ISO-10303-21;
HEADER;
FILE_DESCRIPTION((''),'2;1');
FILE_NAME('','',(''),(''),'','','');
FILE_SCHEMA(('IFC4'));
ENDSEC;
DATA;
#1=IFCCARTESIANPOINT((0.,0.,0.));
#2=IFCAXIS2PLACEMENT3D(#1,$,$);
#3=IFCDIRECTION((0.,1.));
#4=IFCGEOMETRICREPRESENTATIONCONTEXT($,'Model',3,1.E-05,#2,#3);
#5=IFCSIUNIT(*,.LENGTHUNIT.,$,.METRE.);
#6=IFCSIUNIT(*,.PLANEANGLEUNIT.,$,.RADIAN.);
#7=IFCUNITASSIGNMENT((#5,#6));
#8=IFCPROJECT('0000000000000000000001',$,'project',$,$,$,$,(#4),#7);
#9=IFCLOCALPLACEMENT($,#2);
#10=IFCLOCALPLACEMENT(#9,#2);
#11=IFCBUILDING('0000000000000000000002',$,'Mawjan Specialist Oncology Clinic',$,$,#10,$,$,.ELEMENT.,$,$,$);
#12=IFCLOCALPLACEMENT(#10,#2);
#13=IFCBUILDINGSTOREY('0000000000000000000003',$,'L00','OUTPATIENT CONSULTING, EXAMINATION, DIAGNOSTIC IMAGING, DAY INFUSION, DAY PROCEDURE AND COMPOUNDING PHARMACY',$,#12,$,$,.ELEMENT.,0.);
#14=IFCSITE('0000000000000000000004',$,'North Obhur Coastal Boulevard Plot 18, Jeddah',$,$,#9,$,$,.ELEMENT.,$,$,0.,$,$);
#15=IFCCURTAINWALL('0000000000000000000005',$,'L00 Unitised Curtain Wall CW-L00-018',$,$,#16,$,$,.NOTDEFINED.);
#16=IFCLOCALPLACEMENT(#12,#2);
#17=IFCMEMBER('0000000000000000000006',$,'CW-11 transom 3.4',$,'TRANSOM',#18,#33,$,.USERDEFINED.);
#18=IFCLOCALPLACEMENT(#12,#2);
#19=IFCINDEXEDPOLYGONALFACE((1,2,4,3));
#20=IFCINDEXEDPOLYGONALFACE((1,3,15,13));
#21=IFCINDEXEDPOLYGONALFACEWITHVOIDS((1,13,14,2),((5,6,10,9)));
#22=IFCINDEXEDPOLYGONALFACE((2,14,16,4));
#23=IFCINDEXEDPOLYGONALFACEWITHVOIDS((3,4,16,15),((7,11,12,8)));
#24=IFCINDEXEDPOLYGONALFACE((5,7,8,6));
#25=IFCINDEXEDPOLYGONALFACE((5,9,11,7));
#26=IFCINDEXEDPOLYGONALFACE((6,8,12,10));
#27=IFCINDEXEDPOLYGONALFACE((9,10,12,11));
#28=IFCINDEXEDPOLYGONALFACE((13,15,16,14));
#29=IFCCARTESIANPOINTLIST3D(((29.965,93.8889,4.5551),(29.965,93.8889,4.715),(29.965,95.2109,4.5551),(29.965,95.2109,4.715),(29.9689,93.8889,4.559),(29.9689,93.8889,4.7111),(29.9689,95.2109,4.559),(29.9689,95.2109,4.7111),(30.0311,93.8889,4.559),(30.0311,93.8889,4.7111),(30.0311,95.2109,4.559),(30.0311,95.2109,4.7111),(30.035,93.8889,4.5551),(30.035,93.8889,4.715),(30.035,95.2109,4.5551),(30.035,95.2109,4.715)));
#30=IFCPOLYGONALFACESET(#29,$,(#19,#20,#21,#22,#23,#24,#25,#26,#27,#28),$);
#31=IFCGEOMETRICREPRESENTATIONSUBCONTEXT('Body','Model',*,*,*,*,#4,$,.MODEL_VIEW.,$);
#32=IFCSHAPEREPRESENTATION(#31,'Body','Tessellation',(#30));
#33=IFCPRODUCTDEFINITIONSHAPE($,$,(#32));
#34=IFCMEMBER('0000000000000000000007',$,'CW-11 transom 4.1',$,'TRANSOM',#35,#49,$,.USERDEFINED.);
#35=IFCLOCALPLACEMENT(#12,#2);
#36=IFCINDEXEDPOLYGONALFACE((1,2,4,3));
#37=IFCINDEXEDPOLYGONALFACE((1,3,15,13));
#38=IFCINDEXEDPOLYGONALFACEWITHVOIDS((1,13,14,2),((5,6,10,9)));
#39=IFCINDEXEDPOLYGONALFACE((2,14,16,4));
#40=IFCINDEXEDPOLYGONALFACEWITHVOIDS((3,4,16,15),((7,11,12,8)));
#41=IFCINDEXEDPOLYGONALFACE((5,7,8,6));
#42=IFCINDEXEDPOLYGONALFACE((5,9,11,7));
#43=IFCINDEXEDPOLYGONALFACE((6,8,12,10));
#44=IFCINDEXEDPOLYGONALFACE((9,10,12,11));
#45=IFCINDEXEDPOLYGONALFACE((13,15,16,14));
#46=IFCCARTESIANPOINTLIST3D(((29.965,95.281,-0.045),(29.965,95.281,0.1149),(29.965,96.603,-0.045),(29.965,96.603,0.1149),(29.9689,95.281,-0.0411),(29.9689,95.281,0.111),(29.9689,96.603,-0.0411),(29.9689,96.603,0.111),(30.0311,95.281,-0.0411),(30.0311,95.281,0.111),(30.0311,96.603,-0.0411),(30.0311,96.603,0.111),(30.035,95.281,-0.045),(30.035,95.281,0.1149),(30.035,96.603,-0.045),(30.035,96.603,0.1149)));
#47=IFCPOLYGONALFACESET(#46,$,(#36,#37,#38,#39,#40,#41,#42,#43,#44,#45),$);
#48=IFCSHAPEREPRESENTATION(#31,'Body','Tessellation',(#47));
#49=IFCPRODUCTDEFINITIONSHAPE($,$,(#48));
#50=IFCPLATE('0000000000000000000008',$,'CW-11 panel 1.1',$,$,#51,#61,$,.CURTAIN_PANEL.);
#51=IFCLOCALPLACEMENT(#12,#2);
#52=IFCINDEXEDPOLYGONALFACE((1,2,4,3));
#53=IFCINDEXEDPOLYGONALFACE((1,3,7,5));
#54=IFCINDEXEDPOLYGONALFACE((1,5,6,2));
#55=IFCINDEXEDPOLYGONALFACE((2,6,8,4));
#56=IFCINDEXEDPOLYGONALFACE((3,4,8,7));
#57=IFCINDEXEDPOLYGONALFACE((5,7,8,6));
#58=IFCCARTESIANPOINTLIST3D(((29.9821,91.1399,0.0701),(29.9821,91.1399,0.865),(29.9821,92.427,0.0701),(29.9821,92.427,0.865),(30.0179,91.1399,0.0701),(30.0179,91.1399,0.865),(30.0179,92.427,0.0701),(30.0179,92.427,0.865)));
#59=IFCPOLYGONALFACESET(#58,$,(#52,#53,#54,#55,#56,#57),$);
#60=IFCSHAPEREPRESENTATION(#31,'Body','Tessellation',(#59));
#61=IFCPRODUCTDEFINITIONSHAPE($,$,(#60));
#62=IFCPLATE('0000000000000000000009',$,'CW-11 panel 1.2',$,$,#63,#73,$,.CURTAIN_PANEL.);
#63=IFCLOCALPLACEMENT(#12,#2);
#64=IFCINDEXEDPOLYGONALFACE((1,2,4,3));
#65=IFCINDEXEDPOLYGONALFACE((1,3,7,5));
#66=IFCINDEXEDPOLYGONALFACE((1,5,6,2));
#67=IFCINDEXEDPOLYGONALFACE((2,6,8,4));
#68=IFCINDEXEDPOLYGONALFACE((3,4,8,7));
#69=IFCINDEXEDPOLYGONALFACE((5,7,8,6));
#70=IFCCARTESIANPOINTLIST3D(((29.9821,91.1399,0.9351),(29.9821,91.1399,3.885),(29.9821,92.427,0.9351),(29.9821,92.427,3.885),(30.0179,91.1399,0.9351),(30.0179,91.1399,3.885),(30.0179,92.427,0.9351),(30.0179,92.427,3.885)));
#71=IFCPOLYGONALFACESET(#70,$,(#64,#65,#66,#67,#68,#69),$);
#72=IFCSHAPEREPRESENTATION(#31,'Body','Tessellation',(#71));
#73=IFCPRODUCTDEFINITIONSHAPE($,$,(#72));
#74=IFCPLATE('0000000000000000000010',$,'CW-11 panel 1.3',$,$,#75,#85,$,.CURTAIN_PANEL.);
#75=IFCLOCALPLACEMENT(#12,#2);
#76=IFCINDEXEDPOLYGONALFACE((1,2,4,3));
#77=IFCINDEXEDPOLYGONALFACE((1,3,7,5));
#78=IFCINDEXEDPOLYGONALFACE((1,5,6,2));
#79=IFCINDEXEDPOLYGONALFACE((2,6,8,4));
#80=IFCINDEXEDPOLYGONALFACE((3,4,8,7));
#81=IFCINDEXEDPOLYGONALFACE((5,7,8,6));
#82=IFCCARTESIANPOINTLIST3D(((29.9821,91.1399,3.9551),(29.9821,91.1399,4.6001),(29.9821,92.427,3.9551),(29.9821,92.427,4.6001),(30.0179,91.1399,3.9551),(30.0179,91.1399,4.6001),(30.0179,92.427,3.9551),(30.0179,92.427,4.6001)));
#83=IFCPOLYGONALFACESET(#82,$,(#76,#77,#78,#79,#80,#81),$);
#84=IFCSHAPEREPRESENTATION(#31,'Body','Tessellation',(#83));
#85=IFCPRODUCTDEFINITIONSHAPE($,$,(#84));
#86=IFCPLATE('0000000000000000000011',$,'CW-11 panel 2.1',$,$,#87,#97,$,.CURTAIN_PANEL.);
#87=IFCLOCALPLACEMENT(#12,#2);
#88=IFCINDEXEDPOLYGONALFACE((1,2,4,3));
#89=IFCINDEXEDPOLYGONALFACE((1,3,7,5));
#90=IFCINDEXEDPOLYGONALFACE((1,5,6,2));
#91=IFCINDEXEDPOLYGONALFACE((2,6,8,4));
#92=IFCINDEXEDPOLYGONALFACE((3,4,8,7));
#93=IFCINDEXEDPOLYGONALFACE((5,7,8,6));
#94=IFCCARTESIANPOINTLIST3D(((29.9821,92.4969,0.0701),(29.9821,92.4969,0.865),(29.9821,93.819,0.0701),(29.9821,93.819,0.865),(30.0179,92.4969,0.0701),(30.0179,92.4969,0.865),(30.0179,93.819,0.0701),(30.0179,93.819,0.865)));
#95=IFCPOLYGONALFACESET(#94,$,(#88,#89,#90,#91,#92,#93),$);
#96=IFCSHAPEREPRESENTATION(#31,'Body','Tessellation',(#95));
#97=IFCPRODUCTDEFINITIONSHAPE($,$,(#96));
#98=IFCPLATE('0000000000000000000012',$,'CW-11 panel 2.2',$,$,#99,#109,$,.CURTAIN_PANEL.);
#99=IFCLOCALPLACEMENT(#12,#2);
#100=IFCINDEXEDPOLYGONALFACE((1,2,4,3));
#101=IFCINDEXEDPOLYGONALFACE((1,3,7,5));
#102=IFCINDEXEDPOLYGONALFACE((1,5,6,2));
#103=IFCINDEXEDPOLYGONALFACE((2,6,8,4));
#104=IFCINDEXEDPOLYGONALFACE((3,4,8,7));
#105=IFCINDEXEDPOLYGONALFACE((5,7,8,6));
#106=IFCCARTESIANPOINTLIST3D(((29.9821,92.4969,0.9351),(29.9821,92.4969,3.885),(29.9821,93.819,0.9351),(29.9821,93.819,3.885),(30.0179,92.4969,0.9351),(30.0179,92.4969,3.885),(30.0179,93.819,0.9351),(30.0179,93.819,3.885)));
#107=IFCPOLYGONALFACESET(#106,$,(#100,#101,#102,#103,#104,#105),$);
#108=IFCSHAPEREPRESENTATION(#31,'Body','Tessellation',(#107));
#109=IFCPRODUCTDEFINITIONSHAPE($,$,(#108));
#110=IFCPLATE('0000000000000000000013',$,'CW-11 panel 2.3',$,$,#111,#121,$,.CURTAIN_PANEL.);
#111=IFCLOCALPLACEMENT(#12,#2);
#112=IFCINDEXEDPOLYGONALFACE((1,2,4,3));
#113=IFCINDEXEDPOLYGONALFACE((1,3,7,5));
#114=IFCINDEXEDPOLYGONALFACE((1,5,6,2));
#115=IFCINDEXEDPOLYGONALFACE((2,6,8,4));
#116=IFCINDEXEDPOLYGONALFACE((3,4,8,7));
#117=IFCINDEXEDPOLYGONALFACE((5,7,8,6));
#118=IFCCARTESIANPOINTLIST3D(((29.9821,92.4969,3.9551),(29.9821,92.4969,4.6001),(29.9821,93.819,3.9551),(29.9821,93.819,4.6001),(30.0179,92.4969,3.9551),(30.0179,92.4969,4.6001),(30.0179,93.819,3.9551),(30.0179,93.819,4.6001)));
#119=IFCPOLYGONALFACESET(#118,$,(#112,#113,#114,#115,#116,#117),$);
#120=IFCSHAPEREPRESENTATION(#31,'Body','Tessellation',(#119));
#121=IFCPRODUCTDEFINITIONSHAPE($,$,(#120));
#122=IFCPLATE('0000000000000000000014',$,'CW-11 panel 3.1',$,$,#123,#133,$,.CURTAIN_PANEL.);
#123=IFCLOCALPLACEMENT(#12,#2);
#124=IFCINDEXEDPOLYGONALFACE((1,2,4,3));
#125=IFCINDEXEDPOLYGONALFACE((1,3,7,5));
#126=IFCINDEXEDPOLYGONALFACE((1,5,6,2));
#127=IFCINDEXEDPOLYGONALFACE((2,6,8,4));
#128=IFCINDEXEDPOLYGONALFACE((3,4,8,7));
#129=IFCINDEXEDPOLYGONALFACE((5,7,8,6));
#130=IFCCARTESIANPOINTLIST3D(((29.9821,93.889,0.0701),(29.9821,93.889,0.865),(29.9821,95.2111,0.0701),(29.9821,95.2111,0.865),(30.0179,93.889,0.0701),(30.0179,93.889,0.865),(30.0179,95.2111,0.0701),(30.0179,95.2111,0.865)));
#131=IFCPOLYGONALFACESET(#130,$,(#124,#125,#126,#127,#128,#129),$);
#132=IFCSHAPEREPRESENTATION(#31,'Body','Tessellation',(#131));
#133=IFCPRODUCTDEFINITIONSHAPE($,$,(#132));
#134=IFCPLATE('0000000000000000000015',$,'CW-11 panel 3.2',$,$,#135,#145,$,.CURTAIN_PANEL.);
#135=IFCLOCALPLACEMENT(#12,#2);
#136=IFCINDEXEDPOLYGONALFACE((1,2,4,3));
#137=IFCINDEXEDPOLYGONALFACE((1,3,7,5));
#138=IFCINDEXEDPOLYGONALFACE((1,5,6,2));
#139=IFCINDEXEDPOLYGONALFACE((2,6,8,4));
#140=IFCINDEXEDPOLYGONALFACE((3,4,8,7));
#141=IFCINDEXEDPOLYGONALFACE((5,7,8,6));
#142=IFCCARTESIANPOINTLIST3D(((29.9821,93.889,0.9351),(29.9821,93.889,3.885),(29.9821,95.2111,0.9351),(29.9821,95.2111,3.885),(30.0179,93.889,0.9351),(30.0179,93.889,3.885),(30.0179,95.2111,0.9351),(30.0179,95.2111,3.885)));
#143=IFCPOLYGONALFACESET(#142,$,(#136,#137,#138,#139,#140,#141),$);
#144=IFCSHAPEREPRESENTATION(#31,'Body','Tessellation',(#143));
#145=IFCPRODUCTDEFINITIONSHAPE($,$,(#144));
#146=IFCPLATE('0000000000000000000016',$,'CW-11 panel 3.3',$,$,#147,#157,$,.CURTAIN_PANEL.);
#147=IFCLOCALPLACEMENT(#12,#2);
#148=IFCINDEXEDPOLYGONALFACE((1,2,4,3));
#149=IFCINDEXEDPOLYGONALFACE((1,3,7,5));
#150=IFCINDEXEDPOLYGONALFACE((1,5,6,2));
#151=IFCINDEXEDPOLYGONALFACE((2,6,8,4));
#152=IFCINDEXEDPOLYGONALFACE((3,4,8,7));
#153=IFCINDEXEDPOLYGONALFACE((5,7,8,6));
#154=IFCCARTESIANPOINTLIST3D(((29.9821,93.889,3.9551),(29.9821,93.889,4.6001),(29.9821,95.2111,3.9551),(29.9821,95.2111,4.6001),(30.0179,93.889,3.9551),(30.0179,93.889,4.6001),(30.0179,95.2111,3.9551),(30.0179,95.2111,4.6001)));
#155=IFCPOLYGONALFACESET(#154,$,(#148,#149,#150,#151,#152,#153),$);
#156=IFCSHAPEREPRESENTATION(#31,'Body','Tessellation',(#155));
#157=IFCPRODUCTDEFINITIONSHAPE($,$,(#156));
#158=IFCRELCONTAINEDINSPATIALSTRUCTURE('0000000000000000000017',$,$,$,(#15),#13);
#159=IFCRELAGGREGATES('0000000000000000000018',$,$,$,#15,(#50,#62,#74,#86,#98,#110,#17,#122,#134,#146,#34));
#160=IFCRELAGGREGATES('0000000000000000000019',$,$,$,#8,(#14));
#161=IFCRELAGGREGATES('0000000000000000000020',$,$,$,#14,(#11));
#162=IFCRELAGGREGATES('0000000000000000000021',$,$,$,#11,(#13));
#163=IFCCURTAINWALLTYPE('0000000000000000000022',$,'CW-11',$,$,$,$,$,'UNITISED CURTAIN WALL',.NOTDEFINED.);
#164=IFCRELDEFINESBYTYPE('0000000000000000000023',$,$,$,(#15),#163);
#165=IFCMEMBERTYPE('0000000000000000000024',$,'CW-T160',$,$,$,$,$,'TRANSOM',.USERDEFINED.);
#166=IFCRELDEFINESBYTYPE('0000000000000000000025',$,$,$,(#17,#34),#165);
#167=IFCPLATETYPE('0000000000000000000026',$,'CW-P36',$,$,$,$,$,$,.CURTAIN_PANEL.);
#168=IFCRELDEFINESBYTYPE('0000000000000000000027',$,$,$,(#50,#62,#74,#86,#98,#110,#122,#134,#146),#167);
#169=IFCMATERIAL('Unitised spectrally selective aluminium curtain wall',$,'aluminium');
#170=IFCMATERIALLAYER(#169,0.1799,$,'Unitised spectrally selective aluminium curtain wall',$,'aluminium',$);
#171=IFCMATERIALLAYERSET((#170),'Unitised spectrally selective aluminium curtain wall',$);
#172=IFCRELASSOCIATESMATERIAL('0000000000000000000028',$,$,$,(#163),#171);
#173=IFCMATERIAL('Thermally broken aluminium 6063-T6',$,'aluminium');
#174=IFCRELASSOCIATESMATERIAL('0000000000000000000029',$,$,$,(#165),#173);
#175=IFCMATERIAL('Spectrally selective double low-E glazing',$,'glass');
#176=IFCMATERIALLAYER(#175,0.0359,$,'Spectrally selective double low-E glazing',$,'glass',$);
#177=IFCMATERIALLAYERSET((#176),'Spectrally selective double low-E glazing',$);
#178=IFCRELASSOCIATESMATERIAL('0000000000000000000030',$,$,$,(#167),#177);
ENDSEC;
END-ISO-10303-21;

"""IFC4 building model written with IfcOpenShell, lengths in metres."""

from ifc_helpers import new_model, si_unit, direction, frame, origin, origin_2d, place, context, subcontext, project, spatial, rectangle, hollow_rectangle, extrude, material, layer, layer_set, material_profile, profile_set, type_object, element, aggregate, save


model = new_model("IFC4")

# Units and contexts
model_context = context("Model", 3, precision=1e-05, world=origin(), true_north=direction((0.0, 1.0)))
body_context = subcontext(model_context, "Body", "Model", "MODEL_VIEW")
ifc_project = project(units=[si_unit("LENGTHUNIT", "METRE"), si_unit("PLANEANGLEUNIT", "RADIAN")], contexts=[model_context])

# Site, building, storey
site_placement = place(None, origin())
site = spatial("IfcSite", under=ifc_project, at=site_placement, Name="North Obhur Coastal Boulevard Plot 18, Jeddah", CompositionType="ELEMENT", RefElevation=0.0)
building_placement = place(site_placement, origin())
building = spatial("IfcBuilding", under=site, at=building_placement, Name="Mawjan Specialist Oncology Clinic", CompositionType="ELEMENT")
storey_placement = place(building_placement, origin())
storey = spatial("IfcBuildingStorey", under=building, at=storey_placement, Name="L00", Description="OUTPATIENT CONSULTING, EXAMINATION, DIAGNOSTIC IMAGING, DAY INFUSION, DAY PROCEDURE AND COMPOUNDING PHARMACY", CompositionType="ELEMENT", Elevation=0.0)

# Curtain wall, members, plates
ifc_material_1 = material(Name="Unitised spectrally selective aluminium curtain wall", Category="aluminium")
ifc_layer_1 = layer(ifc_material_1, 0.1799, Name="Unitised spectrally selective aluminium curtain wall", Category="aluminium")
ifc_layer_set_1 = layer_set([ifc_layer_1], Name="Unitised spectrally selective aluminium curtain wall")
curtain_wall_type = type_object("IfcCurtainWallType", Name="CW-11", ElementType="UNITISED CURTAIN WALL", PredefinedType="NOTDEFINED", material=ifc_layer_set_1)
curtain_wall_placement = place(storey_placement, origin())
curtain_wall = element("IfcCurtainWall", 1, at=curtain_wall_placement, inside=storey, type_object=curtain_wall_type, Name="L00 Unitised Curtain Wall CW-L00-018", PredefinedType="NOTDEFINED")
ifc_material_2 = material(Name="Thermally broken aluminium 6063-T6", Category="aluminium")
ifc_material_profile_1 = material_profile(ifc_material_2, hollow_rectangle(XDim=0.0701, YDim=0.1599, WallThickness=0.0039, at=origin_2d()), Name="ALU TRANSOM 160x70x4", Category="aluminium")
ifc_profile_set_1 = profile_set([ifc_material_profile_1], Name="Thermally broken aluminium 6063-T6")
member_type_1 = type_object("IfcMemberType", Name="CW-T160", ElementType="TRANSOM", PredefinedType="USERDEFINED", material=ifc_profile_set_1)
member_1_placement = place(storey_placement, frame((30.0, 93.8889, 4.635), z_axis=(0.0, 1.0, 0.0), x_axis=(-1.0, 0.0, 0.0)))
member_1 = element("IfcMember", 2, at=member_1_placement, type_object=member_type_1, Name="CW-11 transom 3.4", ObjectType="TRANSOM", PredefinedType="USERDEFINED", context=body_context, shape_type="SweptSolid", body=[
    extrude(hollow_rectangle(XDim=0.0701, YDim=0.1599, WallThickness=0.0039, at=origin_2d()), origin(), (0.0, 0.0, 1.0), 1.322),
])
member_2_placement = place(storey_placement, frame((30.0, 95.281, 0.0349), z_axis=(0.0, 1.0, 0.0), x_axis=(-1.0, 0.0, 0.0)))
member_2 = element("IfcMember", 3, at=member_2_placement, type_object=member_type_1, Name="CW-11 transom 4.1", ObjectType="TRANSOM", PredefinedType="USERDEFINED", context=body_context, shape_type="SweptSolid", body=[
    extrude(hollow_rectangle(XDim=0.0701, YDim=0.1599, WallThickness=0.0039, at=origin_2d()), origin(), (0.0, 0.0, 1.0), 1.322),
])
ifc_material_3 = material(Name="Spectrally selective double low-E glazing", Category="glass")
ifc_layer_2 = layer(ifc_material_3, 0.0359, Name="Spectrally selective double low-E glazing", Category="glass")
ifc_layer_set_2 = layer_set([ifc_layer_2], Name="Spectrally selective double low-E glazing")
plate_type = type_object("IfcPlateType", Name="CW-P36", PredefinedType="CURTAIN_PANEL", material=ifc_layer_set_2)
plate_1_placement = place(storey_placement, frame((30.0, 91.7834, 0.0701), z_axis=(0.0, 0.0, 1.0), x_axis=(0.0, 1.0, 0.0)))
plate_1 = element("IfcPlate", 4, at=plate_1_placement, type_object=plate_type, Name="CW-11 panel 1.1", PredefinedType="CURTAIN_PANEL", context=body_context, shape_type="SweptSolid", body=[
    extrude(rectangle(XDim=1.2871, YDim=0.0359, at=origin_2d()), origin(), (0.0, 0.0, 1.0), 0.7949),
])
plate_2_placement = place(storey_placement, frame((30.0, 91.7834, 0.9351), z_axis=(0.0, 0.0, 1.0), x_axis=(0.0, 1.0, 0.0)))
plate_2 = element("IfcPlate", 5, at=plate_2_placement, type_object=plate_type, Name="CW-11 panel 1.2", PredefinedType="CURTAIN_PANEL", context=body_context, shape_type="SweptSolid", body=[
    extrude(rectangle(XDim=1.2871, YDim=0.0359, at=origin_2d()), origin(), (0.0, 0.0, 1.0), 2.95),
])
plate_3_placement = place(storey_placement, frame((30.0, 91.7834, 3.9551), z_axis=(0.0, 0.0, 1.0), x_axis=(0.0, 1.0, 0.0)))
plate_3 = element("IfcPlate", 6, at=plate_3_placement, type_object=plate_type, Name="CW-11 panel 1.3", PredefinedType="CURTAIN_PANEL", context=body_context, shape_type="SweptSolid", body=[
    extrude(rectangle(XDim=1.2871, YDim=0.0359, at=origin_2d()), origin(), (0.0, 0.0, 1.0), 0.645),
])
plate_4_placement = place(storey_placement, frame((30.0, 93.158, 0.0701), z_axis=(0.0, 0.0, 1.0), x_axis=(0.0, 1.0, 0.0)))
plate_4 = element("IfcPlate", 7, at=plate_4_placement, type_object=plate_type, Name="CW-11 panel 2.1", PredefinedType="CURTAIN_PANEL", context=body_context, shape_type="SweptSolid", body=[
    extrude(rectangle(XDim=1.322, YDim=0.0359, at=origin_2d()), origin(), (0.0, 0.0, 1.0), 0.7949),
])
plate_5_placement = place(storey_placement, frame((30.0, 93.158, 0.9351), z_axis=(0.0, 0.0, 1.0), x_axis=(0.0, 1.0, 0.0)))
plate_5 = element("IfcPlate", 8, at=plate_5_placement, type_object=plate_type, Name="CW-11 panel 2.2", PredefinedType="CURTAIN_PANEL", context=body_context, shape_type="SweptSolid", body=[
    extrude(rectangle(XDim=1.322, YDim=0.0359, at=origin_2d()), origin(), (0.0, 0.0, 1.0), 2.95),
])
plate_6_placement = place(storey_placement, frame((30.0, 93.158, 3.9551), z_axis=(0.0, 0.0, 1.0), x_axis=(0.0, 1.0, 0.0)))
plate_6 = element("IfcPlate", 9, at=plate_6_placement, type_object=plate_type, Name="CW-11 panel 2.3", PredefinedType="CURTAIN_PANEL", context=body_context, shape_type="SweptSolid", body=[
    extrude(rectangle(XDim=1.322, YDim=0.0359, at=origin_2d()), origin(), (0.0, 0.0, 1.0), 0.645),
])
plate_7_placement = place(storey_placement, frame((30.0, 94.55, 0.0701), z_axis=(0.0, 0.0, 1.0), x_axis=(0.0, 1.0, 0.0)))
plate_7 = element("IfcPlate", 10, at=plate_7_placement, type_object=plate_type, Name="CW-11 panel 3.1", PredefinedType="CURTAIN_PANEL", context=body_context, shape_type="SweptSolid", body=[
    extrude(rectangle(XDim=1.322, YDim=0.0359, at=origin_2d()), origin(), (0.0, 0.0, 1.0), 0.7949),
])
plate_8_placement = place(storey_placement, frame((30.0, 94.55, 0.9351), z_axis=(0.0, 0.0, 1.0), x_axis=(0.0, 1.0, 0.0)))
plate_8 = element("IfcPlate", 11, at=plate_8_placement, type_object=plate_type, Name="CW-11 panel 3.2", PredefinedType="CURTAIN_PANEL", context=body_context, shape_type="SweptSolid", body=[
    extrude(rectangle(XDim=1.322, YDim=0.0359, at=origin_2d()), origin(), (0.0, 0.0, 1.0), 2.95),
])
plate_9_placement = place(storey_placement, frame((30.0, 94.55, 3.9551), z_axis=(0.0, 0.0, 1.0), x_axis=(0.0, 1.0, 0.0)))
plate_9 = element("IfcPlate", 12, at=plate_9_placement, type_object=plate_type, Name="CW-11 panel 3.3", PredefinedType="CURTAIN_PANEL", context=body_context, shape_type="SweptSolid", body=[
    extrude(rectangle(XDim=1.322, YDim=0.0359, at=origin_2d()), origin(), (0.0, 0.0, 1.0), 0.645),
])
aggregate(curtain_wall, [plate_1, plate_2, plate_3, plate_4, plate_5, plate_6, member_1, plate_7, plate_8, plate_9, member_2])

save(model, "model.ifc")
